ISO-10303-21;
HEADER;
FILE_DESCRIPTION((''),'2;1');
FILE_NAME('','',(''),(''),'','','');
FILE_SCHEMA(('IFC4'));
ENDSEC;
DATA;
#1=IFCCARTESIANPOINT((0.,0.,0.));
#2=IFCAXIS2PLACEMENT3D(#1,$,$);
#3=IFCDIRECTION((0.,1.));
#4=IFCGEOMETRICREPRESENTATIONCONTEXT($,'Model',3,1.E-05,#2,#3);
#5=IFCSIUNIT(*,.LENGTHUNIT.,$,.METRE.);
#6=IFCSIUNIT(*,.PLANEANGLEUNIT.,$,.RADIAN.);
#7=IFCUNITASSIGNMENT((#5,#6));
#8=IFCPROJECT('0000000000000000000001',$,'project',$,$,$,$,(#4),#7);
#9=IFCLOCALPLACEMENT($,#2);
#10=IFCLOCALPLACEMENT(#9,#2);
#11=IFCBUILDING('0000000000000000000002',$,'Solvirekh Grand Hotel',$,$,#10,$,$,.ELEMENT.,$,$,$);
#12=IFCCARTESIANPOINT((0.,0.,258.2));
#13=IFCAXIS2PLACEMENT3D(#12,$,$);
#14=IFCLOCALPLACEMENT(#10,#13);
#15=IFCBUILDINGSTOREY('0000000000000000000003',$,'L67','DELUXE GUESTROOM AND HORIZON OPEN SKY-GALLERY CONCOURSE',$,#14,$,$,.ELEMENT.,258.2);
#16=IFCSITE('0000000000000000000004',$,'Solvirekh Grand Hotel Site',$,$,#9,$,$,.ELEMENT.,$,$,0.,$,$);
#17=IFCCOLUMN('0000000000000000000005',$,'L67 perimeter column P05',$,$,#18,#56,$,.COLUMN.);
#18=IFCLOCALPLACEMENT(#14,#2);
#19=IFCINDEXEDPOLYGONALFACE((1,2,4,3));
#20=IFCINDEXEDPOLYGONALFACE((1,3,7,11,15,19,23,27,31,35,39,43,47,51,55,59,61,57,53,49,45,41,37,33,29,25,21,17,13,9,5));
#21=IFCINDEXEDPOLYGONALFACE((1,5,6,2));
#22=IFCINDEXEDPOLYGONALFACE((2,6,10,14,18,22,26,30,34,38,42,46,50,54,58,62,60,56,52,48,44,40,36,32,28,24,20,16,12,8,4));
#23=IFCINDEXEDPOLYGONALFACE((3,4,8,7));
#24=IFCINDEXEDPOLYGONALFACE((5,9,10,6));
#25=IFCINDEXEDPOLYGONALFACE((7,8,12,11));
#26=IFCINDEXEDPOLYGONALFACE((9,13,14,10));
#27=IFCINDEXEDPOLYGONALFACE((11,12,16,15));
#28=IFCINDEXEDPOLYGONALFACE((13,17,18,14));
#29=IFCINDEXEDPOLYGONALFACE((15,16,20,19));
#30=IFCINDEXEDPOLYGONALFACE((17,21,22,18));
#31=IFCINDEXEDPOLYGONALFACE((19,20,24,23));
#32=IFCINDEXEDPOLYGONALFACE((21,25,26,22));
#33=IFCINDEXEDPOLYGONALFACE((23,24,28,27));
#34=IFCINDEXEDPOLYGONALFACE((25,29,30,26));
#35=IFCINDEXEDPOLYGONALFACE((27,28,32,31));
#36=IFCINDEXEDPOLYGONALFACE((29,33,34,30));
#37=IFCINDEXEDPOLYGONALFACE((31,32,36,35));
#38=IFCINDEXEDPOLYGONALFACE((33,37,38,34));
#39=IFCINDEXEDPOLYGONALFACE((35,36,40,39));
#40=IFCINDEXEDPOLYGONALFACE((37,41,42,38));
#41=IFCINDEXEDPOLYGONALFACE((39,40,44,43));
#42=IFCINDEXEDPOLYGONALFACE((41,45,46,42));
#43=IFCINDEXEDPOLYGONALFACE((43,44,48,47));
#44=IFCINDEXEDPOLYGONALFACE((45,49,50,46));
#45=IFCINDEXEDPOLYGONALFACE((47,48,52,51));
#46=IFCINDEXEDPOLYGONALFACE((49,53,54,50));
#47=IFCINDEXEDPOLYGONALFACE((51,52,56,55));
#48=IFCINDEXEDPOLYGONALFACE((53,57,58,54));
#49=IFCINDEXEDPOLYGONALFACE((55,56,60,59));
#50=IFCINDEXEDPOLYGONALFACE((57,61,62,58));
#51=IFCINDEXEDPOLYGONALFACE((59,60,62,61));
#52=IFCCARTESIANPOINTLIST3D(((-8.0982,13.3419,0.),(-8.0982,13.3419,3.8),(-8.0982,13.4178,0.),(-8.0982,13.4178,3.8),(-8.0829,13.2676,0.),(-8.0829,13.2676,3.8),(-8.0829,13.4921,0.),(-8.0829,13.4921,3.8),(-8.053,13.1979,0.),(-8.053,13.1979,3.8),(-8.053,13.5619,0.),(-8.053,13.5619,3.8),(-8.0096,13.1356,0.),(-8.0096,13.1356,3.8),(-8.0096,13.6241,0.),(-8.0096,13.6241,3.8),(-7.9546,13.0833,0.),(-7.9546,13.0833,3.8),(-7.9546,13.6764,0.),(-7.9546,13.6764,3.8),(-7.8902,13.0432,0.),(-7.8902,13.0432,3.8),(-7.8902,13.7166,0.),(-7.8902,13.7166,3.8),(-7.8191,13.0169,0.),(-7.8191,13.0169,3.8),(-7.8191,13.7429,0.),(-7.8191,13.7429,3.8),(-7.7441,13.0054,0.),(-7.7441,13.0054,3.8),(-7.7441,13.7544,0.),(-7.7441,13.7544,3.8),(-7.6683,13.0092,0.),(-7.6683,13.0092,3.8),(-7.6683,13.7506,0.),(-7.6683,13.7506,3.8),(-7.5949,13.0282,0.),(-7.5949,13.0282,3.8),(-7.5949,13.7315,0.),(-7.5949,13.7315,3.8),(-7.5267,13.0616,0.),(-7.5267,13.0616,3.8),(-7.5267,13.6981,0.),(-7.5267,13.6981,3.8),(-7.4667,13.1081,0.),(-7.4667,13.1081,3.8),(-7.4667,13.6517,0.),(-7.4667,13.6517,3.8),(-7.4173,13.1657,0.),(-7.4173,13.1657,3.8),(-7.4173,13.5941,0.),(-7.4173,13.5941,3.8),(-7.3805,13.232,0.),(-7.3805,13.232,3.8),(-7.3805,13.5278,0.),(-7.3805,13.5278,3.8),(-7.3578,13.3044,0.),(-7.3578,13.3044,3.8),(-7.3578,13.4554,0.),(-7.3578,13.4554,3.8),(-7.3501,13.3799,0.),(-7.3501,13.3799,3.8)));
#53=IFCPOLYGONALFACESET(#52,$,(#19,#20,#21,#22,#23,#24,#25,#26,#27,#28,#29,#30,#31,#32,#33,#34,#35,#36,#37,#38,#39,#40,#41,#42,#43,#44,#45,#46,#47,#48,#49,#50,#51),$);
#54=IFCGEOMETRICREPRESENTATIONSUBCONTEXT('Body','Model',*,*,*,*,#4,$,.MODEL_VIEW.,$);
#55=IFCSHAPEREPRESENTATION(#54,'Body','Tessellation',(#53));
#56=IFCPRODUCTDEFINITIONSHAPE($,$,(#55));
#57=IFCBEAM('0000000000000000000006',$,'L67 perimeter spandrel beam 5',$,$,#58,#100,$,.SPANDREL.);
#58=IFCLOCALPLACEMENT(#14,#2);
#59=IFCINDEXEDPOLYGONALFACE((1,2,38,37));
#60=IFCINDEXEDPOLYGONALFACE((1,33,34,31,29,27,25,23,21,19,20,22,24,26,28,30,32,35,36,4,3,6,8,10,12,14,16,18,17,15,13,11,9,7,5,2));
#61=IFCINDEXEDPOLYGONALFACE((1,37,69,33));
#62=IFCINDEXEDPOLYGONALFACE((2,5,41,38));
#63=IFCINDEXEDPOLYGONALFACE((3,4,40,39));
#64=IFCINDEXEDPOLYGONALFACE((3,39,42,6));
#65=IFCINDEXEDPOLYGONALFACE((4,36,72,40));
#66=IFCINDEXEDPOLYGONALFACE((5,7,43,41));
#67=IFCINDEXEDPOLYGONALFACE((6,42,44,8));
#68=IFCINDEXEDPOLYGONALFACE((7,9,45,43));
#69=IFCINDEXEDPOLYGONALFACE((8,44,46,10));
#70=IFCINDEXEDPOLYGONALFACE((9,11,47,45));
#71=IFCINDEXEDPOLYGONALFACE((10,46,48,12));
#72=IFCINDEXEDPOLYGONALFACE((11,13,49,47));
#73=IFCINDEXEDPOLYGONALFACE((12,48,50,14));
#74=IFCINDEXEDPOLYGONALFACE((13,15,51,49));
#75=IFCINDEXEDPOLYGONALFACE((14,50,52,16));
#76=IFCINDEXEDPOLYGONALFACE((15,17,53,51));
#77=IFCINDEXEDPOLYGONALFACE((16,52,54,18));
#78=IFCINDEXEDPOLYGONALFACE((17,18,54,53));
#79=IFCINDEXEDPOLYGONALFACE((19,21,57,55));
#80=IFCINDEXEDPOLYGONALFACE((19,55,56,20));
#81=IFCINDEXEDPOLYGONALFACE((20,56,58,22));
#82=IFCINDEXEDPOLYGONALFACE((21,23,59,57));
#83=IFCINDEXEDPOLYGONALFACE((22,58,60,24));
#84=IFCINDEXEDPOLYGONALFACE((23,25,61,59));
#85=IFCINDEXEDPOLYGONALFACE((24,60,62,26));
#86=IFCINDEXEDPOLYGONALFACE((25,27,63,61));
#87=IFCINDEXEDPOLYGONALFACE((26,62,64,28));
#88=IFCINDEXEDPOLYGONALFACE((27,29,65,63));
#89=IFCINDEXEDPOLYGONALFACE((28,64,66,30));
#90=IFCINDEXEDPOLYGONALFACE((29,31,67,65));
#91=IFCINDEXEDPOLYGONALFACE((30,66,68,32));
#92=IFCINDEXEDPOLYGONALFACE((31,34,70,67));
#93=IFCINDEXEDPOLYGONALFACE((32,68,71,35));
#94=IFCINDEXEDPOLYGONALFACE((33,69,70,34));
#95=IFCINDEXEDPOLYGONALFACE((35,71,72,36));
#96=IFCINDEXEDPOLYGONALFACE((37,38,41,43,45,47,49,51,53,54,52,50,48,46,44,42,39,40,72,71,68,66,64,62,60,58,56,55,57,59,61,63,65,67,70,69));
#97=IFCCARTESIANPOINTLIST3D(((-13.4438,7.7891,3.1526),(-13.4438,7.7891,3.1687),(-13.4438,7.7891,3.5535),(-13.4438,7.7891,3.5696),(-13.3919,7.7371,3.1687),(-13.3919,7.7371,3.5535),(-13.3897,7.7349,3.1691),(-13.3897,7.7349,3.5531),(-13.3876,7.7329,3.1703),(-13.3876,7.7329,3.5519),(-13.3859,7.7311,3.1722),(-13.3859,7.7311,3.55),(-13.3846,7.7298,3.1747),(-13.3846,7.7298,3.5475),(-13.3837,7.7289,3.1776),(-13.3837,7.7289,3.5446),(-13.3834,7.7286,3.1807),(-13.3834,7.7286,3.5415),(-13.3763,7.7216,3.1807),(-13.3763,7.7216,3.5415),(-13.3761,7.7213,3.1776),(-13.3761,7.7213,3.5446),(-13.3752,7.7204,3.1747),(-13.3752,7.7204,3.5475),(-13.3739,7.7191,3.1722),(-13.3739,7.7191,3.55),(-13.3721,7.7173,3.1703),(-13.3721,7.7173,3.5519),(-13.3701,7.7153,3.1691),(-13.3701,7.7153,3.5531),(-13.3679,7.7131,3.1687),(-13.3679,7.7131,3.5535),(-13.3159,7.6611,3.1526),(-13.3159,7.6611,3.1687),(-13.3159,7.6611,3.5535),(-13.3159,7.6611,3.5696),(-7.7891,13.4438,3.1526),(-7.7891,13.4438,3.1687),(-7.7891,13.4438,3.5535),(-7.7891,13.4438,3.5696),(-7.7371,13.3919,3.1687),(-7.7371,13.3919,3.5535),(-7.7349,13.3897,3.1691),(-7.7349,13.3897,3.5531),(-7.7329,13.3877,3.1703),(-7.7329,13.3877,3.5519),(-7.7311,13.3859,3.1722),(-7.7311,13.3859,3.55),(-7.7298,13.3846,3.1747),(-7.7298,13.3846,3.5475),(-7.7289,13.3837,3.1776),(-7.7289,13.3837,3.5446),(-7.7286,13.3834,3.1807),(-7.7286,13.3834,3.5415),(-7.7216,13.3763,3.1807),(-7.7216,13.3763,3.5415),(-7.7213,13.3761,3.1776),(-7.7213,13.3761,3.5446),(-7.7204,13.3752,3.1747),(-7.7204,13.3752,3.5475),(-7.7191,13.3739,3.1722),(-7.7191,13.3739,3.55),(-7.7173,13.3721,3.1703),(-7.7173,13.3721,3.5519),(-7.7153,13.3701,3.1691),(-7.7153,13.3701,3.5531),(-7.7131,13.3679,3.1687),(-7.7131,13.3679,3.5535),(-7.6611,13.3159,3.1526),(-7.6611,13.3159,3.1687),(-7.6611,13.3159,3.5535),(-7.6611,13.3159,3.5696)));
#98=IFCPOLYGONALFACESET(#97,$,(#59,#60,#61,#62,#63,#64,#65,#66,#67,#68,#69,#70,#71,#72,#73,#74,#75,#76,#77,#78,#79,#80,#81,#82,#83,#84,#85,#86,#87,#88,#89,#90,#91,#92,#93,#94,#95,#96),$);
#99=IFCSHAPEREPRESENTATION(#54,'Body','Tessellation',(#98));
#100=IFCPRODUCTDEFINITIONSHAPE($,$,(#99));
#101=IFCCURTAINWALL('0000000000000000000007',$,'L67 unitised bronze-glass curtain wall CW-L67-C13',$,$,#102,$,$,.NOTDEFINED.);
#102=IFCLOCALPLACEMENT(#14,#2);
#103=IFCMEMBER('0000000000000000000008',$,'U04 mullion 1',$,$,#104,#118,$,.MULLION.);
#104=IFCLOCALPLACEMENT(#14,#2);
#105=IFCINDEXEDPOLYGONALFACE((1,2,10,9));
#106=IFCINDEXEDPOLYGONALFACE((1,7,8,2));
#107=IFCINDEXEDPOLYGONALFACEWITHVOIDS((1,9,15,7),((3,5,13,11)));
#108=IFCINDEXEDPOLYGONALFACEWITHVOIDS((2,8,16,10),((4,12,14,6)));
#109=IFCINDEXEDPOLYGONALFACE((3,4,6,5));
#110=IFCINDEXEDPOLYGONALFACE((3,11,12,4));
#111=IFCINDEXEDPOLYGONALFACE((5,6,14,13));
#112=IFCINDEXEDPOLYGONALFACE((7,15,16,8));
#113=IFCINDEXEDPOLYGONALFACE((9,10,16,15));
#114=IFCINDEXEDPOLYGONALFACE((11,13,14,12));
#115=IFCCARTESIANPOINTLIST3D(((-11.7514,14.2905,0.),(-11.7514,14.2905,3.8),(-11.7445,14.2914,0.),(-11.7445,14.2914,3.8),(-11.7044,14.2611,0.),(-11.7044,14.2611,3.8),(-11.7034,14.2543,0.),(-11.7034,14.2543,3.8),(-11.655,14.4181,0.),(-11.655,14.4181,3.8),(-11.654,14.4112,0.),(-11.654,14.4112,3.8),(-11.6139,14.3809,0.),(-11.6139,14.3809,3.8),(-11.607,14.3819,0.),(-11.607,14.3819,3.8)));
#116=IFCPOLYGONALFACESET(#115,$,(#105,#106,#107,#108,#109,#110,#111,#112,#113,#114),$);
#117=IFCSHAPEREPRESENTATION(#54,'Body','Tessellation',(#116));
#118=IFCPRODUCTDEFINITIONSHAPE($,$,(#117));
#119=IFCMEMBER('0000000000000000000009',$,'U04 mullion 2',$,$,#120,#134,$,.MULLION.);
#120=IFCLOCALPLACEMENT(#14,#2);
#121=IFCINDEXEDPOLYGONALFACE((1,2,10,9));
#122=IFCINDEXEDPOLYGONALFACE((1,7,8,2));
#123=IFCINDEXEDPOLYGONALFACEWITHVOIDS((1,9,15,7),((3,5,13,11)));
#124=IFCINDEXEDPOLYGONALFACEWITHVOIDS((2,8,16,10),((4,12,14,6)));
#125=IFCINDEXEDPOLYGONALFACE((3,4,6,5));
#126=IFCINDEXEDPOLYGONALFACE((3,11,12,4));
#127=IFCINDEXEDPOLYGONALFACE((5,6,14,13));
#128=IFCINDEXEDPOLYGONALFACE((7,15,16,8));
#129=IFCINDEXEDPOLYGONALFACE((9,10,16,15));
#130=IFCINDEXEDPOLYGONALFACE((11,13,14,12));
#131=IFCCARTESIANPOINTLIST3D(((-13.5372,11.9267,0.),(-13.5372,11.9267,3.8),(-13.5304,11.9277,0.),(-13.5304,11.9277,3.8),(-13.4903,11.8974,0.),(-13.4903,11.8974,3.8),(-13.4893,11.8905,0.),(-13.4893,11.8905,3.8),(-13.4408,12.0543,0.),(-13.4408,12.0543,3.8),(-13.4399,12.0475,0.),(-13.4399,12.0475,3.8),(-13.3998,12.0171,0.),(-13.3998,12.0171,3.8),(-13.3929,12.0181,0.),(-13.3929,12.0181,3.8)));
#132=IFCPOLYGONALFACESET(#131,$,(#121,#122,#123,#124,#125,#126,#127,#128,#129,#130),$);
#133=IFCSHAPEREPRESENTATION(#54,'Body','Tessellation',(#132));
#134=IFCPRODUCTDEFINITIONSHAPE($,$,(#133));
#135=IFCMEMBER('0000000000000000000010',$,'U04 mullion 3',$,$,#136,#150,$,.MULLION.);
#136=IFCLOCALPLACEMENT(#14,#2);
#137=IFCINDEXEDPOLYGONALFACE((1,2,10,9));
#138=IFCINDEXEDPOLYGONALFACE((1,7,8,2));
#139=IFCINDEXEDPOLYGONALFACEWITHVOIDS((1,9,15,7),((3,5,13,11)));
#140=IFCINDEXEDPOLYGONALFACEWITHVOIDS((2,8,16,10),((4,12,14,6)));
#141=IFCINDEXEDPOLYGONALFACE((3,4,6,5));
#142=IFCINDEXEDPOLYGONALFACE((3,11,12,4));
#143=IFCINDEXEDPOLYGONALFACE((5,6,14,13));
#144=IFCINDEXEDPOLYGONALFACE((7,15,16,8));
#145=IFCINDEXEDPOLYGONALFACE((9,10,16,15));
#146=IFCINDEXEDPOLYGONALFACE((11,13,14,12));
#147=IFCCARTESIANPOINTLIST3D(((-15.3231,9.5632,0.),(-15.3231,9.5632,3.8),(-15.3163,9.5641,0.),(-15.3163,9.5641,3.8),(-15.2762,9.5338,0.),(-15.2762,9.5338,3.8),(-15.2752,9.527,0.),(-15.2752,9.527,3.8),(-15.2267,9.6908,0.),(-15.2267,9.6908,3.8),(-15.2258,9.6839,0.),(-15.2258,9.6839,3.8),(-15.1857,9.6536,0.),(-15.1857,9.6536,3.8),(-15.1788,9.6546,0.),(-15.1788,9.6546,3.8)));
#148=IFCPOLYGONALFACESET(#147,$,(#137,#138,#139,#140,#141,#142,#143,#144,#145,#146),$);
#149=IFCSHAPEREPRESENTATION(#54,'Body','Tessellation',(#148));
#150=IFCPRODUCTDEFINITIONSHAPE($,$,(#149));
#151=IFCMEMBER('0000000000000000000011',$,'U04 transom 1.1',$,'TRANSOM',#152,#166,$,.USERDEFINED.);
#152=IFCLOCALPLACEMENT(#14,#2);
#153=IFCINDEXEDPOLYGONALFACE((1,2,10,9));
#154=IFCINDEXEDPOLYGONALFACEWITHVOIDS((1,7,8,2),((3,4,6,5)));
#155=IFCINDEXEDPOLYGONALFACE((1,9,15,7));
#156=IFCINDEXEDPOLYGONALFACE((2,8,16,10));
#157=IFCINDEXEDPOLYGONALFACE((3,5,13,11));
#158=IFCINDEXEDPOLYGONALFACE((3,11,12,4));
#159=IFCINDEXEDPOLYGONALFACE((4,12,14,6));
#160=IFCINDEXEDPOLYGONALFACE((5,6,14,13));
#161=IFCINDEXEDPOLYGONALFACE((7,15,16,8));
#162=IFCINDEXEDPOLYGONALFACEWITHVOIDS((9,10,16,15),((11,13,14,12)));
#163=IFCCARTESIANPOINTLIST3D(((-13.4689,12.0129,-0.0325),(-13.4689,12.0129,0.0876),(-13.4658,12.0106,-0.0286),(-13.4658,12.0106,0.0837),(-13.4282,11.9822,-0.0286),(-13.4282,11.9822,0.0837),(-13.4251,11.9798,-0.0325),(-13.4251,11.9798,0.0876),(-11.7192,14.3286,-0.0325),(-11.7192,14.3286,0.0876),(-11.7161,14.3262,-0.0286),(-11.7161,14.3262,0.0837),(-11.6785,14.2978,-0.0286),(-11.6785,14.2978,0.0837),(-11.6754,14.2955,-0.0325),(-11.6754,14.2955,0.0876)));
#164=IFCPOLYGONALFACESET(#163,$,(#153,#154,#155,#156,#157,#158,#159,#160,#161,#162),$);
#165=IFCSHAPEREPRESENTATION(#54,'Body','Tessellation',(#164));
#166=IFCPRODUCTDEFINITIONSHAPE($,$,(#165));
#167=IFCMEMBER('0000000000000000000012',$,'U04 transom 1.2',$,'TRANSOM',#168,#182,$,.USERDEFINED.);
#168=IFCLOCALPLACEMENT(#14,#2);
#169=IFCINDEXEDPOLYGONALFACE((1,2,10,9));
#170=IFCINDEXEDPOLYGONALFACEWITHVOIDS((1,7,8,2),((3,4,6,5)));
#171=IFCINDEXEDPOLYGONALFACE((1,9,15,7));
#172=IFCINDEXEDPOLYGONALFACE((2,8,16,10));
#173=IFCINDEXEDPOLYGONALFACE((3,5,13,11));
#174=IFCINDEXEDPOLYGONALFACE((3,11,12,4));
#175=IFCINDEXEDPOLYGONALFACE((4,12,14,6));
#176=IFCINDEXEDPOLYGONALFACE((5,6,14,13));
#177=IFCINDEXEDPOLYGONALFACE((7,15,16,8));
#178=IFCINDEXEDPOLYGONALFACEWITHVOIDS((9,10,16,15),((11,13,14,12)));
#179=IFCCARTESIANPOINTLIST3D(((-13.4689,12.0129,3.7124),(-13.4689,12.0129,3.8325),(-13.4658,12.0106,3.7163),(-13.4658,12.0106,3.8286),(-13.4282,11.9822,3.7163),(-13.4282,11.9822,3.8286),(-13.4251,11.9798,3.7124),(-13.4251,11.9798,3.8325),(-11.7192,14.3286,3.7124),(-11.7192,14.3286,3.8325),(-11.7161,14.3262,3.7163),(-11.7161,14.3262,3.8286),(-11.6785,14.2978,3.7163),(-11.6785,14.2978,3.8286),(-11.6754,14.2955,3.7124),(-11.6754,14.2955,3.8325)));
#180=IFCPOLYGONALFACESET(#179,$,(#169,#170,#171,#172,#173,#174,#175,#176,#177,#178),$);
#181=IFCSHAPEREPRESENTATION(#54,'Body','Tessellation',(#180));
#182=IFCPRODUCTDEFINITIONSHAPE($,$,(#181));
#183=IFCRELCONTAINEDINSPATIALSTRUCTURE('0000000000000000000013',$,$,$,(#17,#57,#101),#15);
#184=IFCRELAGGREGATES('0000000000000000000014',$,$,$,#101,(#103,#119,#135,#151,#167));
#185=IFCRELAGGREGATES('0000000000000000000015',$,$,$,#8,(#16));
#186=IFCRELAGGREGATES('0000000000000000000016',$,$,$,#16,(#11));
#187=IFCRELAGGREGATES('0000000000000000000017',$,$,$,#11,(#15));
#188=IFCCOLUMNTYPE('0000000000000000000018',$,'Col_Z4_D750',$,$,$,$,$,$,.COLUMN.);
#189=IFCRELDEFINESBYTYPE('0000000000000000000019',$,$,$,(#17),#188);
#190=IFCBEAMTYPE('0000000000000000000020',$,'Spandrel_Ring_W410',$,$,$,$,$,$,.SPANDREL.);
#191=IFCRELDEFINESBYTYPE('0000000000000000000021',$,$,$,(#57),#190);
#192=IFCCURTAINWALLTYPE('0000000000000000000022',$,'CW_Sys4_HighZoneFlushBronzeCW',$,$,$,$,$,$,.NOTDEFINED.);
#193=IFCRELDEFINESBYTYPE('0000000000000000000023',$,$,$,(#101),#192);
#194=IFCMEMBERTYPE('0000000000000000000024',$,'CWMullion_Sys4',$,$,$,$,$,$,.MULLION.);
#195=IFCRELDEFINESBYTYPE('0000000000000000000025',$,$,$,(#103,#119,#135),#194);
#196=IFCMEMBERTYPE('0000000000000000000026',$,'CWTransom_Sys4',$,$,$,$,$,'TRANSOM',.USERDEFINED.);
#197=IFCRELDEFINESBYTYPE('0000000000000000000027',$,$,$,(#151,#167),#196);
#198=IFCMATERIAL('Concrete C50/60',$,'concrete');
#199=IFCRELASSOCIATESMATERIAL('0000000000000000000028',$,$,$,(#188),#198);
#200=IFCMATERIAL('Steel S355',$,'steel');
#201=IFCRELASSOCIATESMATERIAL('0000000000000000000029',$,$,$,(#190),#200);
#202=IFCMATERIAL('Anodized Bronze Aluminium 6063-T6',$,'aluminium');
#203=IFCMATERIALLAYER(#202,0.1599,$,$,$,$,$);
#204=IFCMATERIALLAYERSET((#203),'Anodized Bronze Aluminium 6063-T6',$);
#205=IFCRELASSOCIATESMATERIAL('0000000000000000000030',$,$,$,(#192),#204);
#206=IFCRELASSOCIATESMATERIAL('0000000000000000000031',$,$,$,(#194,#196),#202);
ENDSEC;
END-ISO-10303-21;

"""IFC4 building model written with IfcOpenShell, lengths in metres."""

from ifc_helpers import new_model, si_unit, direction, frame, origin, origin_2d, place, context, subcontext, project, spatial, hollow_rectangle, circle, i_section, extrude, source, transform, mapped, material, layer, layer_set, material_profile, profile_set, type_object, element, aggregate, save


model = new_model("IFC4")

# Units and contexts
model_context = context("Model", 3, precision=1e-05, world=origin(), true_north=direction((0.0, 1.0)))
body_context = subcontext(model_context, "Body", "Model", "MODEL_VIEW")
ifc_project = project(units=[si_unit("LENGTHUNIT", "METRE"), si_unit("PLANEANGLEUNIT", "RADIAN")], contexts=[model_context])

# Site, building, storey
site_placement = place(None, origin())
site = spatial("IfcSite", under=ifc_project, at=site_placement, Name="Solvirekh Grand Hotel Site", CompositionType="ELEMENT", RefElevation=0.0)
building_placement = place(site_placement, origin())
building = spatial("IfcBuilding", under=site, at=building_placement, Name="Solvirekh Grand Hotel", CompositionType="ELEMENT")
storey_placement = place(building_placement, frame((0.0, 0.0, 258.2)))
storey = spatial("IfcBuildingStorey", under=building, at=storey_placement, Name="L67", Description="DELUXE GUESTROOM AND HORIZON OPEN SKY-GALLERY CONCOURSE", CompositionType="ELEMENT", Elevation=258.2)

# Column
ifc_material_1 = material(Name="Concrete C50/60", Category="concrete")
ifc_material_profile_1 = material_profile(ifc_material_1, circle(Radius=0.375, at=origin_2d()), Name="RC CIRC D750")
ifc_profile_set_1 = profile_set([ifc_material_profile_1], Name="Concrete C50/60")
column_type = type_object("IfcColumnType", Name="Col_Z4_D750", PredefinedType="COLUMN", material=ifc_profile_set_1)
column_placement = place(storey_placement, frame((-7.7251, 13.3799, 0.0), z_axis=(0.0, 0.0, 1.0), x_axis=(1.0, 0.0, 0.0)))
element("IfcColumn", 1, at=column_placement, inside=storey, type_object=column_type, Name="L67 perimeter column P05", PredefinedType="COLUMN", context=body_context, shape_type="SweptSolid", body=[
    extrude(circle(Radius=0.375, at=origin_2d()), origin(), (0.0, 0.0, 1.0), 3.8),
])

# Beam
ifc_material_2 = material(Name="Steel S355", Category="steel")
ifc_material_profile_2 = material_profile(ifc_material_2, i_section(OverallWidth=0.1809, OverallDepth=0.417, WebThickness=0.01, FlangeThickness=0.0161, FilletRadius=0.012, at=origin_2d()), Name="W410X85")
ifc_profile_set_2 = profile_set([ifc_material_profile_2], Name="Steel S355")
beam_type = type_object("IfcBeamType", Name="Spandrel_Ring_W410", PredefinedType="SPANDREL", material=ifc_profile_set_2)
beam_placement = place(storey_placement, frame((-7.7251, 13.3799, 3.3611), z_axis=(-0.707107, -0.707107, 0.0), x_axis=(0.707107, -0.707107, 0.0)))
element("IfcBeam", 2, at=beam_placement, inside=storey, type_object=beam_type, Name="L67 perimeter spandrel beam 5", PredefinedType="SPANDREL", context=body_context, shape_type="SweptSolid", body=[
    extrude(i_section(OverallWidth=0.1809, OverallDepth=0.417, WebThickness=0.01, FlangeThickness=0.0161, FilletRadius=0.012, at=origin_2d()), origin(), (0.0, 0.0, 1.0), 7.9971),
])

# Curtain wall, members
ifc_material_3 = material(Name="Anodized Bronze Aluminium 6063-T6", Category="aluminium")
ifc_layer_1 = layer(ifc_material_3, 0.1599)
ifc_layer_set_1 = layer_set([ifc_layer_1], Name="Anodized Bronze Aluminium 6063-T6")
curtain_wall_type = type_object("IfcCurtainWallType", Name="CW_Sys4_HighZoneFlushBronzeCW", PredefinedType="NOTDEFINED", material=ifc_layer_set_1)
curtain_wall_placement = place(storey_placement, origin())
curtain_wall = element("IfcCurtainWall", 3, at=curtain_wall_placement, inside=storey, type_object=curtain_wall_type, Name="L67 unitised bronze-glass curtain wall CW-L67-C13", PredefinedType="NOTDEFINED")
ifc_material_profile_3 = material_profile(ifc_material_3, hollow_rectangle(XDim=0.0601, YDim=0.1599, WallThickness=0.0049, at=origin_2d()), Name="ALU RHS 160X60X5")
ifc_profile_set_3 = profile_set([ifc_material_profile_3], Name="Anodized Bronze Aluminium 6063-T6")
member_type_1 = type_object("IfcMemberType", Name="CWMullion_Sys4", PredefinedType="MULLION", material=ifc_profile_set_3)
shared_shape_1 = source(origin(), body_context, "Body", "SweptSolid", [
    extrude(hollow_rectangle(XDim=0.0601, YDim=0.1599, WallThickness=0.0049, at=origin_2d()), origin(), (0.0, 0.0, 1.0), 3.8),
])
member_1_placement = place(storey_placement, frame((-11.6792, 14.3362, 0.0), z_axis=(0.0, 0.0, 1.0), x_axis=(0.797849, -0.602857, 0.0)))
member_1 = element("IfcMember", 4, at=member_1_placement, type_object=member_type_1, Name="U04 mullion 1", PredefinedType="MULLION", context=body_context, shape_type="MappedRepresentation", body=[
    mapped(shared_shape_1, transform((0.0, 0.0, 0.0), x_axis=(1.0, 0.0, 0.0), y_axis=(0.0, 1.0, 0.0), z_axis=(0.0, 0.0, 1.0), scale=1.0)),
])
member_2_placement = place(storey_placement, frame((-13.4651, 11.9724, 0.0), z_axis=(0.0, 0.0, 1.0), x_axis=(0.797849, -0.602857, 0.0)))
member_2 = element("IfcMember", 5, at=member_2_placement, type_object=member_type_1, Name="U04 mullion 2", PredefinedType="MULLION", context=body_context, shape_type="MappedRepresentation", body=[
    mapped(shared_shape_1, transform((0.0, 0.0, 0.0), x_axis=(1.0, 0.0, 0.0), y_axis=(0.0, 1.0, 0.0), z_axis=(0.0, 0.0, 1.0), scale=1.0)),
])
member_3_placement = place(storey_placement, frame((-15.251, 9.6089, 0.0), z_axis=(0.0, 0.0, 1.0), x_axis=(0.797849, -0.602857, 0.0)))
member_3 = element("IfcMember", 6, at=member_3_placement, type_object=member_type_1, Name="U04 mullion 3", PredefinedType="MULLION", context=body_context, shape_type="MappedRepresentation", body=[
    mapped(shared_shape_1, transform((0.0, 0.0, 0.0), x_axis=(1.0, 0.0, 0.0), y_axis=(0.0, 1.0, 0.0), z_axis=(0.0, 0.0, 1.0), scale=1.0)),
])
ifc_material_profile_4 = material_profile(ifc_material_3, hollow_rectangle(XDim=0.0549, YDim=0.1201, WallThickness=0.0039, at=origin_2d()), Name="ALU RHS 120X55X4")
ifc_profile_set_4 = profile_set([ifc_material_profile_4], Name="Anodized Bronze Aluminium 6063-T6")
member_type_2 = type_object("IfcMemberType", Name="CWTransom_Sys4", ElementType="TRANSOM", PredefinedType="USERDEFINED", material=ifc_profile_set_4)
shared_shape_2 = source(origin(), body_context, "Body", "SweptSolid", [
    extrude(hollow_rectangle(XDim=0.0549, YDim=0.1201, WallThickness=0.0039, at=origin_2d()), origin(), (0.0, 0.0, 1.0), 2.9023),
])
member_4_placement = place(storey_placement, frame((-11.6973, 14.312, 0.0276), z_axis=(-0.602863, -0.797845, 0.0), x_axis=(0.797845, -0.602863, 0.0)))
member_4 = element("IfcMember", 7, at=member_4_placement, type_object=member_type_2, Name="U04 transom 1.1", ObjectType="TRANSOM", PredefinedType="USERDEFINED", context=body_context, shape_type="MappedRepresentation", body=[
    mapped(shared_shape_2, transform((0.0, 0.0, 0.0), x_axis=(1.0, 0.0, 0.0), y_axis=(0.0, 1.0, 0.0), z_axis=(0.0, 0.0, 1.0), scale=1.0)),
])
member_5_placement = place(storey_placement, frame((-11.6973, 14.312, 3.7725), z_axis=(-0.602863, -0.797845, 0.0), x_axis=(0.797845, -0.602863, 0.0)))
member_5 = element("IfcMember", 8, at=member_5_placement, type_object=member_type_2, Name="U04 transom 1.2", ObjectType="TRANSOM", PredefinedType="USERDEFINED", context=body_context, shape_type="MappedRepresentation", body=[
    mapped(shared_shape_2, transform((0.0, 0.0, 0.0), x_axis=(1.0, 0.0, 0.0), y_axis=(0.0, 1.0, 0.0), z_axis=(0.0, 0.0, 1.0), scale=1.0)),
])
aggregate(curtain_wall, [member_1, member_2, member_3, member_4, member_5])

save(model, "model.ifc")
